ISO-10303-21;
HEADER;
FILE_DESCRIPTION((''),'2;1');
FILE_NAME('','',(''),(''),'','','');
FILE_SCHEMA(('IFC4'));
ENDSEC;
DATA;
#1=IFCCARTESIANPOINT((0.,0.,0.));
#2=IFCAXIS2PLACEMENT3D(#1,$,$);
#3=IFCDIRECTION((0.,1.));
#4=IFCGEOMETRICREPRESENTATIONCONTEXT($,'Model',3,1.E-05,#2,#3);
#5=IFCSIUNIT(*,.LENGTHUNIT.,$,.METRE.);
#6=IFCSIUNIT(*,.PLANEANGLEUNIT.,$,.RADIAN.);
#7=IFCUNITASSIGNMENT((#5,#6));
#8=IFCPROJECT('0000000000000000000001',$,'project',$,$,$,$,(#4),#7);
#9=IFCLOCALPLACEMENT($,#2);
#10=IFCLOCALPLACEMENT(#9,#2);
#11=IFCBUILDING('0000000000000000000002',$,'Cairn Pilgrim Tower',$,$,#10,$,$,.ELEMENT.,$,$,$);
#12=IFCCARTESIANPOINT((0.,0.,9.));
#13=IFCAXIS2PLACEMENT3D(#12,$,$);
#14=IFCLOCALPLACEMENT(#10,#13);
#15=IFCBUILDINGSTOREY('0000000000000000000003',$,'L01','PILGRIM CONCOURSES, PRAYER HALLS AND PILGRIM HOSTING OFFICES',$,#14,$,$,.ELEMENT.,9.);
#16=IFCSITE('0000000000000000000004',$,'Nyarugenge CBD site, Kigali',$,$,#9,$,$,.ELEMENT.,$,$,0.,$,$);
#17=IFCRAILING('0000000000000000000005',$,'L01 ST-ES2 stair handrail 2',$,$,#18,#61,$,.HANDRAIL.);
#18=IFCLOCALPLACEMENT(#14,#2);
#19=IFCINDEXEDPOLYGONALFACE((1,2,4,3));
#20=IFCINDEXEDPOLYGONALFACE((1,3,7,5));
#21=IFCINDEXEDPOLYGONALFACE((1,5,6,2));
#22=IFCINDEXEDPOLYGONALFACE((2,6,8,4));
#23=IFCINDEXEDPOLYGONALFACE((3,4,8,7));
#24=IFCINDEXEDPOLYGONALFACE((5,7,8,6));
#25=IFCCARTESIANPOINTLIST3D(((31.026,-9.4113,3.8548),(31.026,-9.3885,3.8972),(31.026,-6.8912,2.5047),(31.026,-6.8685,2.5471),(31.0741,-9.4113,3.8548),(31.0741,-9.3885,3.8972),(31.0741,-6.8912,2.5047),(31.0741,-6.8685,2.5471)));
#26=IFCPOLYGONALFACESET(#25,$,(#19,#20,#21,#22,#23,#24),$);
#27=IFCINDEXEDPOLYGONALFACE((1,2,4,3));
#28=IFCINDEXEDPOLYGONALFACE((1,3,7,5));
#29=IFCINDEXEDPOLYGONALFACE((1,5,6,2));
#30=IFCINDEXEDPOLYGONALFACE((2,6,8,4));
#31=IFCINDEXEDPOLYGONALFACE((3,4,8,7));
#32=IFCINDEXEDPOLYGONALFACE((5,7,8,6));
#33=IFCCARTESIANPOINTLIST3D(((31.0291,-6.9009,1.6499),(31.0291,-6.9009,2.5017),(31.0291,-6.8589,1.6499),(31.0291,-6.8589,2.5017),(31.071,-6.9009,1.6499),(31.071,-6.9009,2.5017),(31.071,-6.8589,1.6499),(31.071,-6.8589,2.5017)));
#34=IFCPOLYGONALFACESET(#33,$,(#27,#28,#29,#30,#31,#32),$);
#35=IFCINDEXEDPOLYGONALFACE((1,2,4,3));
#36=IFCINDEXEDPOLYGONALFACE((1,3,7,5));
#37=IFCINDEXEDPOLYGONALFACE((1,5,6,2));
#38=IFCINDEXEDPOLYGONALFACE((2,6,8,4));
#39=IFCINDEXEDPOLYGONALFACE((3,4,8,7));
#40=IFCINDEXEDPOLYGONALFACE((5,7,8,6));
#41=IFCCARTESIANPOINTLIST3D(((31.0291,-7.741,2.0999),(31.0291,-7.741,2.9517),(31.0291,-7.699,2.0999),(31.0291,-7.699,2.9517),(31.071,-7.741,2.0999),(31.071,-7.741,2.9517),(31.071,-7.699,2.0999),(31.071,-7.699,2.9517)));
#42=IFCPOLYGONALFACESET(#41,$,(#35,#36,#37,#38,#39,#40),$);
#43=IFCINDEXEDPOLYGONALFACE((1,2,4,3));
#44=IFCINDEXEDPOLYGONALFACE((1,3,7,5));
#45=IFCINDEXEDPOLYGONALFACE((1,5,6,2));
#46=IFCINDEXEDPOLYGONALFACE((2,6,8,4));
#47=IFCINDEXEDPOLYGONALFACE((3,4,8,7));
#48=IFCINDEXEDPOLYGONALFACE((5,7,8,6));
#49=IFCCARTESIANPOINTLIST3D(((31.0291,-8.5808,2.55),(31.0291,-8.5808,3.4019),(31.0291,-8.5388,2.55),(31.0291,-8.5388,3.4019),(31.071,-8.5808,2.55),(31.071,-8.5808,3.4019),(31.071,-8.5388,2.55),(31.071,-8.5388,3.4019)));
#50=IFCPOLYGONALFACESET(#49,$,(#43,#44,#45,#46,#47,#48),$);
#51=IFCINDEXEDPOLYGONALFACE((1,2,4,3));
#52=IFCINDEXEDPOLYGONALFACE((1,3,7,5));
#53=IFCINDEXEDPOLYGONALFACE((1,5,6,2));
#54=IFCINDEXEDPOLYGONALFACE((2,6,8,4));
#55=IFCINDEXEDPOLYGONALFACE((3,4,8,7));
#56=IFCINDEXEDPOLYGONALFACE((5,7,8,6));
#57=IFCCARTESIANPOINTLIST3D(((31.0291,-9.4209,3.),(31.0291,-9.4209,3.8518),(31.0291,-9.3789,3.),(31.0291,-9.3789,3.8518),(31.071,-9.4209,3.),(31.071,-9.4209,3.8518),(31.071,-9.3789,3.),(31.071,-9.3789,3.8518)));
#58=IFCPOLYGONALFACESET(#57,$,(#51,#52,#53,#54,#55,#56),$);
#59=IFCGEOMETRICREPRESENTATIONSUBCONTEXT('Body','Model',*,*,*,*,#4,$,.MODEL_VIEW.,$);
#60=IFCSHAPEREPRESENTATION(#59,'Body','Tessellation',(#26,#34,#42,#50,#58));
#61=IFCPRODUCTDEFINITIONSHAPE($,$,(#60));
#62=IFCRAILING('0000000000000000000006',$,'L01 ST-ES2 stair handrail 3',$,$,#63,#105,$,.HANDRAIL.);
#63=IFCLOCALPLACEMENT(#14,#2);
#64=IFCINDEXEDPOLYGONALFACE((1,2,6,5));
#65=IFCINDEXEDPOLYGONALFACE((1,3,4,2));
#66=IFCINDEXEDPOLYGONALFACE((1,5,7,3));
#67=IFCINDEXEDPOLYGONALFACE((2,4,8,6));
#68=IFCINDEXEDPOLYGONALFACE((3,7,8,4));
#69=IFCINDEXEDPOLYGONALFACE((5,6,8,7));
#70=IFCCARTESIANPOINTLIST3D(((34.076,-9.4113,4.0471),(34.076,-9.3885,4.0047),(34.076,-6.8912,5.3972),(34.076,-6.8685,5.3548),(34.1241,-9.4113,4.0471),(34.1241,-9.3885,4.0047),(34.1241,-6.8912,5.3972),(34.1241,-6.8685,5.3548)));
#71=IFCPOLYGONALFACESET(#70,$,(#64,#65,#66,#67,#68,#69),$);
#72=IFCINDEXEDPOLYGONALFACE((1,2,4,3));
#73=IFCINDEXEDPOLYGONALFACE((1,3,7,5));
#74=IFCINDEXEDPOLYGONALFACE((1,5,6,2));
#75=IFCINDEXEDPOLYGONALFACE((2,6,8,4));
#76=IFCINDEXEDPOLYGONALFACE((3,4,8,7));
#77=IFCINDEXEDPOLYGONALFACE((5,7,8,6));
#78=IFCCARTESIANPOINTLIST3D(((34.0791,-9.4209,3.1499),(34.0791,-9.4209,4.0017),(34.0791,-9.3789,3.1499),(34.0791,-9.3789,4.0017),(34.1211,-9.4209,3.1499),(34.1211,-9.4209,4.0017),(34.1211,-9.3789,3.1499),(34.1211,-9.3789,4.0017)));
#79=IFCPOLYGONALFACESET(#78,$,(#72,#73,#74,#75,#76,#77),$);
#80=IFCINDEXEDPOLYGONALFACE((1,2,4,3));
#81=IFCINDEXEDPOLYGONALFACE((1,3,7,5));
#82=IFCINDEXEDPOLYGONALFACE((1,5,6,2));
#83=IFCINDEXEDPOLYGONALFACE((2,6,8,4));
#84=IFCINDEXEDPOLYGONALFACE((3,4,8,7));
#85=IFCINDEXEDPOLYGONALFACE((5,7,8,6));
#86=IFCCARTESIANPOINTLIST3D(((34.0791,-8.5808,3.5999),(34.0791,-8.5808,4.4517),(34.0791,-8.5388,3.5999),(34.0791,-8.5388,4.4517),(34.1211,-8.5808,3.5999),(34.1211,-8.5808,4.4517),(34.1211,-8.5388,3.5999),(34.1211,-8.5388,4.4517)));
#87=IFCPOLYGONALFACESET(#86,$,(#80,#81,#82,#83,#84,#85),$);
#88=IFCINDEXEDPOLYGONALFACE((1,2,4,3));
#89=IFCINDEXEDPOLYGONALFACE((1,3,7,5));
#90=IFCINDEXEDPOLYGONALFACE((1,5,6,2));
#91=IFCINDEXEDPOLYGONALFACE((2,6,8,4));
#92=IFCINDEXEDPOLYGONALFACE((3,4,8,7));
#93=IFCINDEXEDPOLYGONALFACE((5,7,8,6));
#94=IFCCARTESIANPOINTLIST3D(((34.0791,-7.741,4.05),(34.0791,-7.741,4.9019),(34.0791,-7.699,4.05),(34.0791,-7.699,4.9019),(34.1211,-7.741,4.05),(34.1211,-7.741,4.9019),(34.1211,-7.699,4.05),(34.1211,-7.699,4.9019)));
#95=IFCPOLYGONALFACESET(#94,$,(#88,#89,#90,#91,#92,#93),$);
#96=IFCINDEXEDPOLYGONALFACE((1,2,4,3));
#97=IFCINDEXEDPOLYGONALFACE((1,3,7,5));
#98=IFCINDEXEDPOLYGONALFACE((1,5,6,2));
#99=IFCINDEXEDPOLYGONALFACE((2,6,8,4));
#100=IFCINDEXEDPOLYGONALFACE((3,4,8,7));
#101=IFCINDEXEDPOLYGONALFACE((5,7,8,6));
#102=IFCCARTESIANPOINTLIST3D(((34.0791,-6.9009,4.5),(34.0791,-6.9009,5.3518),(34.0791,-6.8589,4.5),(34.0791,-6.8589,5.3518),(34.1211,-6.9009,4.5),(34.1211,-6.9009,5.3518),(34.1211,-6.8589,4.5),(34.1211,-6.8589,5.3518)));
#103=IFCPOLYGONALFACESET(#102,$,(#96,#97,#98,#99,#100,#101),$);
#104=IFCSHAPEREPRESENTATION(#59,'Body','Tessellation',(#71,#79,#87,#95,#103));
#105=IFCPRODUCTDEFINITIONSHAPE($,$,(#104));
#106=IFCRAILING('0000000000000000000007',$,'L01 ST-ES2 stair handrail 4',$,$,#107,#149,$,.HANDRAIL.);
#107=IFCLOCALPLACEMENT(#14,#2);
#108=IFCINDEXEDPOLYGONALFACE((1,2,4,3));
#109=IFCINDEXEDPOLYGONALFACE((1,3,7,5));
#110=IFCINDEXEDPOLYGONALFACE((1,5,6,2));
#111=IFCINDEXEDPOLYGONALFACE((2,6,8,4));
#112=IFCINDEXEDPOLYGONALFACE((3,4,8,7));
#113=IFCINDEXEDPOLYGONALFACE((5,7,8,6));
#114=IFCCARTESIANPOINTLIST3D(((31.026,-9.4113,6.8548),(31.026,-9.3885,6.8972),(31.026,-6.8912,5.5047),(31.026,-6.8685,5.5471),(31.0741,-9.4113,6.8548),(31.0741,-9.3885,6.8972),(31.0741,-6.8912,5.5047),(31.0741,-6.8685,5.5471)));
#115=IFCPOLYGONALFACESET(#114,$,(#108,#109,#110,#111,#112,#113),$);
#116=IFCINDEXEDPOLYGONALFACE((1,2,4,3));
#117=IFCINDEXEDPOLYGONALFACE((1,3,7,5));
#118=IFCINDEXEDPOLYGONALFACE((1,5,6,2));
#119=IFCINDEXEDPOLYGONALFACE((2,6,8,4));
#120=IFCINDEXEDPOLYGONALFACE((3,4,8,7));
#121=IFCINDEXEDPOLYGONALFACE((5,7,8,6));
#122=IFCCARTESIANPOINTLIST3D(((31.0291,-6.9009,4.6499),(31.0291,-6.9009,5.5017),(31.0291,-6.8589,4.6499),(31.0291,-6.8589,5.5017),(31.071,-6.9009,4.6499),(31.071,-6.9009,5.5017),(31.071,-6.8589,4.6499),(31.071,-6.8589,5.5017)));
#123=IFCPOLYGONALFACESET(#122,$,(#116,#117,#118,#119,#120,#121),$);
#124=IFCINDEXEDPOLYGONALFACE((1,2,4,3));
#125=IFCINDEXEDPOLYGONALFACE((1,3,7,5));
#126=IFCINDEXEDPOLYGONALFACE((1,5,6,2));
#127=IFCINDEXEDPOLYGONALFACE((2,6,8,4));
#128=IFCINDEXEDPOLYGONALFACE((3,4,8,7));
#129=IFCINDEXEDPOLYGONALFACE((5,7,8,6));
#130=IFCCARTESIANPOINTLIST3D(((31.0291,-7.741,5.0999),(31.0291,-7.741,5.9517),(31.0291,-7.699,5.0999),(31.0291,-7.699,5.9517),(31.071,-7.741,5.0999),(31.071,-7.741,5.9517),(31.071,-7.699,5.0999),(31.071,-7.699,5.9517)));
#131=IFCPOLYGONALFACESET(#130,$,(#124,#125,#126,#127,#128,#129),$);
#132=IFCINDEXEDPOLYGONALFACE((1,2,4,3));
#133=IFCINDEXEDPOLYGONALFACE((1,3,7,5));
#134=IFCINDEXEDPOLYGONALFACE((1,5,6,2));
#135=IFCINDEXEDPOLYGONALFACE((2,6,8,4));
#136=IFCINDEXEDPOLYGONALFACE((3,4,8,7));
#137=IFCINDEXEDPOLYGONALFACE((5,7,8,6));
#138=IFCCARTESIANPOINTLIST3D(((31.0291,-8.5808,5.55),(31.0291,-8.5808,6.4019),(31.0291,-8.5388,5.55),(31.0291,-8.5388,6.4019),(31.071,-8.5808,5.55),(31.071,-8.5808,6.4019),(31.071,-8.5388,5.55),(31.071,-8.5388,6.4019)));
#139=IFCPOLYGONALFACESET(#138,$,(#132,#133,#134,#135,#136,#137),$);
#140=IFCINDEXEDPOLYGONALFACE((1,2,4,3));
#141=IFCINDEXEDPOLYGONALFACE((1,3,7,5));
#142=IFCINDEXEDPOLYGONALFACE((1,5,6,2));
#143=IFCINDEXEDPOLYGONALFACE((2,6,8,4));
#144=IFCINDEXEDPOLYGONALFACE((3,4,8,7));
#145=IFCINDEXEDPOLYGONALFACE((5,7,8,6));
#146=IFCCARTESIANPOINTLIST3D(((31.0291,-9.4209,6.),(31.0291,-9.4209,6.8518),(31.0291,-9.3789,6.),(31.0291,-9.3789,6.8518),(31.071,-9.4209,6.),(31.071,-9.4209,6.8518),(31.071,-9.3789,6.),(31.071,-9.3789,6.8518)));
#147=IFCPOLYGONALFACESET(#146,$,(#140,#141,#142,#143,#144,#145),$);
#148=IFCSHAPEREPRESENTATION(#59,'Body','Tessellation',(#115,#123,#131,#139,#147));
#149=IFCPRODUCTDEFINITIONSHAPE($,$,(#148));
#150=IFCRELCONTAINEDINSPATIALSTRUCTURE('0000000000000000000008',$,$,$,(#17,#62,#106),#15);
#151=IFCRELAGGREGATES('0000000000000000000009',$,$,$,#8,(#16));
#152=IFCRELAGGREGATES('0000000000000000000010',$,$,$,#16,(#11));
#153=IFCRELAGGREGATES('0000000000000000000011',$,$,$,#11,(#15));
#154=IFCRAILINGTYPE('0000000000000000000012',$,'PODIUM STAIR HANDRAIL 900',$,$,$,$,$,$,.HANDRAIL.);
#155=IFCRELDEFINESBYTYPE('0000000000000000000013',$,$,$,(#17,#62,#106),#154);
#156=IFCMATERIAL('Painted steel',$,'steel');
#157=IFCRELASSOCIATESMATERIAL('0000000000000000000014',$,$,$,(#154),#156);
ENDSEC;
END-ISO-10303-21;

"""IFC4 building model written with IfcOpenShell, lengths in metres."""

from ifc_helpers import new_model, si_unit, direction, frame, origin, origin_2d, place, context, subcontext, project, spatial, rectangle, extrude, material, type_object, element, save


model = new_model("IFC4")

# Units and contexts
model_context = context("Model", 3, precision=1e-05, world=origin(), true_north=direction((0.0, 1.0)))
body_context = subcontext(model_context, "Body", "Model", "MODEL_VIEW")
ifc_project = project(units=[si_unit("LENGTHUNIT", "METRE"), si_unit("PLANEANGLEUNIT", "RADIAN")], contexts=[model_context])

# Site, building, storey
site_placement = place(None, origin())
site = spatial("IfcSite", under=ifc_project, at=site_placement, Name="Nyarugenge CBD site, Kigali", CompositionType="ELEMENT", RefElevation=0.0)
building_placement = place(site_placement, origin())
building = spatial("IfcBuilding", under=site, at=building_placement, Name="Cairn Pilgrim Tower", CompositionType="ELEMENT")
storey_placement = place(building_placement, frame((0.0, 0.0, 9.0)))
storey = spatial("IfcBuildingStorey", under=building, at=storey_placement, Name="L01", Description="PILGRIM CONCOURSES, PRAYER HALLS AND PILGRIM HOSTING OFFICES", CompositionType="ELEMENT", Elevation=9.0)

# Railings
ifc_material_1 = material(Name="Painted steel", Category="steel")
railing_type_1 = type_object("IfcRailingType", Name="PODIUM STAIR HANDRAIL 900", PredefinedType="HANDRAIL", material=ifc_material_1)
railing_1_placement = place(storey_placement, frame((31.05, -6.8799, 1.6499)))
element("IfcRailing", 1, at=railing_1_placement, inside=storey, type_object=railing_type_1, Name="L01 ST-ES2 stair handrail 2", PredefinedType="HANDRAIL", context=body_context, shape_type="SweptSolid", body=[
    extrude(rectangle(XDim=0.0481, YDim=0.0481, at=origin_2d()), frame((0.0, 0.0, 0.876), z_axis=(0.0, -0.881467, 0.472245), x_axis=(1.0, 0.0, 0.0)), (0.0, 0.0, 1.0), 2.8589),
    extrude(rectangle(XDim=0.042, YDim=0.042, at=origin_2d()), origin(), (0.0, 0.0, 1.0), 0.8518),
    extrude(rectangle(XDim=0.042, YDim=0.042, at=origin_2d()), frame((0.0, -0.8401, 0.45)), (0.0, 0.0, 1.0), 0.8518),
    extrude(rectangle(XDim=0.042, YDim=0.042, at=origin_2d()), frame((0.0, -1.6799, 0.9001)), (0.0, 0.0, 1.0), 0.8518),
    extrude(rectangle(XDim=0.042, YDim=0.042, at=origin_2d()), frame((0.0, -2.52, 1.3501)), (0.0, 0.0, 1.0), 0.8518),
])
railing_2_placement = place(storey_placement, frame((34.1001, -9.3999, 3.1499)))
element("IfcRailing", 2, at=railing_2_placement, inside=storey, type_object=railing_type_1, Name="L01 ST-ES2 stair handrail 3", PredefinedType="HANDRAIL", context=body_context, shape_type="SweptSolid", body=[
    extrude(rectangle(XDim=0.0481, YDim=0.0481, at=origin_2d()), frame((0.0, 0.0, 0.876), z_axis=(0.0, 0.881467, 0.472245), x_axis=(-1.0, 0.0, 0.0)), (0.0, 0.0, 1.0), 2.8589),
    extrude(rectangle(XDim=0.042, YDim=0.042, at=origin_2d()), origin(), (0.0, 0.0, 1.0), 0.8518),
    extrude(rectangle(XDim=0.042, YDim=0.042, at=origin_2d()), frame((0.0, 0.8401, 0.45)), (0.0, 0.0, 1.0), 0.8518),
    extrude(rectangle(XDim=0.042, YDim=0.042, at=origin_2d()), frame((0.0, 1.6799, 0.9001)), (0.0, 0.0, 1.0), 0.8518),
    extrude(rectangle(XDim=0.042, YDim=0.042, at=origin_2d()), frame((0.0, 2.52, 1.3501)), (0.0, 0.0, 1.0), 0.8518),
])
railing_3_placement = place(storey_placement, frame((31.05, -6.8799, 4.6499)))
element("IfcRailing", 3, at=railing_3_placement, inside=storey, type_object=railing_type_1, Name="L01 ST-ES2 stair handrail 4", PredefinedType="HANDRAIL", context=body_context, shape_type="SweptSolid", body=[
    extrude(rectangle(XDim=0.0481, YDim=0.0481, at=origin_2d()), frame((0.0, 0.0, 0.876), z_axis=(0.0, -0.881467, 0.472245), x_axis=(1.0, 0.0, 0.0)), (0.0, 0.0, 1.0), 2.8589),
    extrude(rectangle(XDim=0.042, YDim=0.042, at=origin_2d()), origin(), (0.0, 0.0, 1.0), 0.8518),
    extrude(rectangle(XDim=0.042, YDim=0.042, at=origin_2d()), frame((0.0, -0.8401, 0.45)), (0.0, 0.0, 1.0), 0.8518),
    extrude(rectangle(XDim=0.042, YDim=0.042, at=origin_2d()), frame((0.0, -1.6799, 0.9001)), (0.0, 0.0, 1.0), 0.8518),
    extrude(rectangle(XDim=0.042, YDim=0.042, at=origin_2d()), frame((0.0, -2.52, 1.3501)), (0.0, 0.0, 1.0), 0.8518),
])

save(model, "model.ifc")
